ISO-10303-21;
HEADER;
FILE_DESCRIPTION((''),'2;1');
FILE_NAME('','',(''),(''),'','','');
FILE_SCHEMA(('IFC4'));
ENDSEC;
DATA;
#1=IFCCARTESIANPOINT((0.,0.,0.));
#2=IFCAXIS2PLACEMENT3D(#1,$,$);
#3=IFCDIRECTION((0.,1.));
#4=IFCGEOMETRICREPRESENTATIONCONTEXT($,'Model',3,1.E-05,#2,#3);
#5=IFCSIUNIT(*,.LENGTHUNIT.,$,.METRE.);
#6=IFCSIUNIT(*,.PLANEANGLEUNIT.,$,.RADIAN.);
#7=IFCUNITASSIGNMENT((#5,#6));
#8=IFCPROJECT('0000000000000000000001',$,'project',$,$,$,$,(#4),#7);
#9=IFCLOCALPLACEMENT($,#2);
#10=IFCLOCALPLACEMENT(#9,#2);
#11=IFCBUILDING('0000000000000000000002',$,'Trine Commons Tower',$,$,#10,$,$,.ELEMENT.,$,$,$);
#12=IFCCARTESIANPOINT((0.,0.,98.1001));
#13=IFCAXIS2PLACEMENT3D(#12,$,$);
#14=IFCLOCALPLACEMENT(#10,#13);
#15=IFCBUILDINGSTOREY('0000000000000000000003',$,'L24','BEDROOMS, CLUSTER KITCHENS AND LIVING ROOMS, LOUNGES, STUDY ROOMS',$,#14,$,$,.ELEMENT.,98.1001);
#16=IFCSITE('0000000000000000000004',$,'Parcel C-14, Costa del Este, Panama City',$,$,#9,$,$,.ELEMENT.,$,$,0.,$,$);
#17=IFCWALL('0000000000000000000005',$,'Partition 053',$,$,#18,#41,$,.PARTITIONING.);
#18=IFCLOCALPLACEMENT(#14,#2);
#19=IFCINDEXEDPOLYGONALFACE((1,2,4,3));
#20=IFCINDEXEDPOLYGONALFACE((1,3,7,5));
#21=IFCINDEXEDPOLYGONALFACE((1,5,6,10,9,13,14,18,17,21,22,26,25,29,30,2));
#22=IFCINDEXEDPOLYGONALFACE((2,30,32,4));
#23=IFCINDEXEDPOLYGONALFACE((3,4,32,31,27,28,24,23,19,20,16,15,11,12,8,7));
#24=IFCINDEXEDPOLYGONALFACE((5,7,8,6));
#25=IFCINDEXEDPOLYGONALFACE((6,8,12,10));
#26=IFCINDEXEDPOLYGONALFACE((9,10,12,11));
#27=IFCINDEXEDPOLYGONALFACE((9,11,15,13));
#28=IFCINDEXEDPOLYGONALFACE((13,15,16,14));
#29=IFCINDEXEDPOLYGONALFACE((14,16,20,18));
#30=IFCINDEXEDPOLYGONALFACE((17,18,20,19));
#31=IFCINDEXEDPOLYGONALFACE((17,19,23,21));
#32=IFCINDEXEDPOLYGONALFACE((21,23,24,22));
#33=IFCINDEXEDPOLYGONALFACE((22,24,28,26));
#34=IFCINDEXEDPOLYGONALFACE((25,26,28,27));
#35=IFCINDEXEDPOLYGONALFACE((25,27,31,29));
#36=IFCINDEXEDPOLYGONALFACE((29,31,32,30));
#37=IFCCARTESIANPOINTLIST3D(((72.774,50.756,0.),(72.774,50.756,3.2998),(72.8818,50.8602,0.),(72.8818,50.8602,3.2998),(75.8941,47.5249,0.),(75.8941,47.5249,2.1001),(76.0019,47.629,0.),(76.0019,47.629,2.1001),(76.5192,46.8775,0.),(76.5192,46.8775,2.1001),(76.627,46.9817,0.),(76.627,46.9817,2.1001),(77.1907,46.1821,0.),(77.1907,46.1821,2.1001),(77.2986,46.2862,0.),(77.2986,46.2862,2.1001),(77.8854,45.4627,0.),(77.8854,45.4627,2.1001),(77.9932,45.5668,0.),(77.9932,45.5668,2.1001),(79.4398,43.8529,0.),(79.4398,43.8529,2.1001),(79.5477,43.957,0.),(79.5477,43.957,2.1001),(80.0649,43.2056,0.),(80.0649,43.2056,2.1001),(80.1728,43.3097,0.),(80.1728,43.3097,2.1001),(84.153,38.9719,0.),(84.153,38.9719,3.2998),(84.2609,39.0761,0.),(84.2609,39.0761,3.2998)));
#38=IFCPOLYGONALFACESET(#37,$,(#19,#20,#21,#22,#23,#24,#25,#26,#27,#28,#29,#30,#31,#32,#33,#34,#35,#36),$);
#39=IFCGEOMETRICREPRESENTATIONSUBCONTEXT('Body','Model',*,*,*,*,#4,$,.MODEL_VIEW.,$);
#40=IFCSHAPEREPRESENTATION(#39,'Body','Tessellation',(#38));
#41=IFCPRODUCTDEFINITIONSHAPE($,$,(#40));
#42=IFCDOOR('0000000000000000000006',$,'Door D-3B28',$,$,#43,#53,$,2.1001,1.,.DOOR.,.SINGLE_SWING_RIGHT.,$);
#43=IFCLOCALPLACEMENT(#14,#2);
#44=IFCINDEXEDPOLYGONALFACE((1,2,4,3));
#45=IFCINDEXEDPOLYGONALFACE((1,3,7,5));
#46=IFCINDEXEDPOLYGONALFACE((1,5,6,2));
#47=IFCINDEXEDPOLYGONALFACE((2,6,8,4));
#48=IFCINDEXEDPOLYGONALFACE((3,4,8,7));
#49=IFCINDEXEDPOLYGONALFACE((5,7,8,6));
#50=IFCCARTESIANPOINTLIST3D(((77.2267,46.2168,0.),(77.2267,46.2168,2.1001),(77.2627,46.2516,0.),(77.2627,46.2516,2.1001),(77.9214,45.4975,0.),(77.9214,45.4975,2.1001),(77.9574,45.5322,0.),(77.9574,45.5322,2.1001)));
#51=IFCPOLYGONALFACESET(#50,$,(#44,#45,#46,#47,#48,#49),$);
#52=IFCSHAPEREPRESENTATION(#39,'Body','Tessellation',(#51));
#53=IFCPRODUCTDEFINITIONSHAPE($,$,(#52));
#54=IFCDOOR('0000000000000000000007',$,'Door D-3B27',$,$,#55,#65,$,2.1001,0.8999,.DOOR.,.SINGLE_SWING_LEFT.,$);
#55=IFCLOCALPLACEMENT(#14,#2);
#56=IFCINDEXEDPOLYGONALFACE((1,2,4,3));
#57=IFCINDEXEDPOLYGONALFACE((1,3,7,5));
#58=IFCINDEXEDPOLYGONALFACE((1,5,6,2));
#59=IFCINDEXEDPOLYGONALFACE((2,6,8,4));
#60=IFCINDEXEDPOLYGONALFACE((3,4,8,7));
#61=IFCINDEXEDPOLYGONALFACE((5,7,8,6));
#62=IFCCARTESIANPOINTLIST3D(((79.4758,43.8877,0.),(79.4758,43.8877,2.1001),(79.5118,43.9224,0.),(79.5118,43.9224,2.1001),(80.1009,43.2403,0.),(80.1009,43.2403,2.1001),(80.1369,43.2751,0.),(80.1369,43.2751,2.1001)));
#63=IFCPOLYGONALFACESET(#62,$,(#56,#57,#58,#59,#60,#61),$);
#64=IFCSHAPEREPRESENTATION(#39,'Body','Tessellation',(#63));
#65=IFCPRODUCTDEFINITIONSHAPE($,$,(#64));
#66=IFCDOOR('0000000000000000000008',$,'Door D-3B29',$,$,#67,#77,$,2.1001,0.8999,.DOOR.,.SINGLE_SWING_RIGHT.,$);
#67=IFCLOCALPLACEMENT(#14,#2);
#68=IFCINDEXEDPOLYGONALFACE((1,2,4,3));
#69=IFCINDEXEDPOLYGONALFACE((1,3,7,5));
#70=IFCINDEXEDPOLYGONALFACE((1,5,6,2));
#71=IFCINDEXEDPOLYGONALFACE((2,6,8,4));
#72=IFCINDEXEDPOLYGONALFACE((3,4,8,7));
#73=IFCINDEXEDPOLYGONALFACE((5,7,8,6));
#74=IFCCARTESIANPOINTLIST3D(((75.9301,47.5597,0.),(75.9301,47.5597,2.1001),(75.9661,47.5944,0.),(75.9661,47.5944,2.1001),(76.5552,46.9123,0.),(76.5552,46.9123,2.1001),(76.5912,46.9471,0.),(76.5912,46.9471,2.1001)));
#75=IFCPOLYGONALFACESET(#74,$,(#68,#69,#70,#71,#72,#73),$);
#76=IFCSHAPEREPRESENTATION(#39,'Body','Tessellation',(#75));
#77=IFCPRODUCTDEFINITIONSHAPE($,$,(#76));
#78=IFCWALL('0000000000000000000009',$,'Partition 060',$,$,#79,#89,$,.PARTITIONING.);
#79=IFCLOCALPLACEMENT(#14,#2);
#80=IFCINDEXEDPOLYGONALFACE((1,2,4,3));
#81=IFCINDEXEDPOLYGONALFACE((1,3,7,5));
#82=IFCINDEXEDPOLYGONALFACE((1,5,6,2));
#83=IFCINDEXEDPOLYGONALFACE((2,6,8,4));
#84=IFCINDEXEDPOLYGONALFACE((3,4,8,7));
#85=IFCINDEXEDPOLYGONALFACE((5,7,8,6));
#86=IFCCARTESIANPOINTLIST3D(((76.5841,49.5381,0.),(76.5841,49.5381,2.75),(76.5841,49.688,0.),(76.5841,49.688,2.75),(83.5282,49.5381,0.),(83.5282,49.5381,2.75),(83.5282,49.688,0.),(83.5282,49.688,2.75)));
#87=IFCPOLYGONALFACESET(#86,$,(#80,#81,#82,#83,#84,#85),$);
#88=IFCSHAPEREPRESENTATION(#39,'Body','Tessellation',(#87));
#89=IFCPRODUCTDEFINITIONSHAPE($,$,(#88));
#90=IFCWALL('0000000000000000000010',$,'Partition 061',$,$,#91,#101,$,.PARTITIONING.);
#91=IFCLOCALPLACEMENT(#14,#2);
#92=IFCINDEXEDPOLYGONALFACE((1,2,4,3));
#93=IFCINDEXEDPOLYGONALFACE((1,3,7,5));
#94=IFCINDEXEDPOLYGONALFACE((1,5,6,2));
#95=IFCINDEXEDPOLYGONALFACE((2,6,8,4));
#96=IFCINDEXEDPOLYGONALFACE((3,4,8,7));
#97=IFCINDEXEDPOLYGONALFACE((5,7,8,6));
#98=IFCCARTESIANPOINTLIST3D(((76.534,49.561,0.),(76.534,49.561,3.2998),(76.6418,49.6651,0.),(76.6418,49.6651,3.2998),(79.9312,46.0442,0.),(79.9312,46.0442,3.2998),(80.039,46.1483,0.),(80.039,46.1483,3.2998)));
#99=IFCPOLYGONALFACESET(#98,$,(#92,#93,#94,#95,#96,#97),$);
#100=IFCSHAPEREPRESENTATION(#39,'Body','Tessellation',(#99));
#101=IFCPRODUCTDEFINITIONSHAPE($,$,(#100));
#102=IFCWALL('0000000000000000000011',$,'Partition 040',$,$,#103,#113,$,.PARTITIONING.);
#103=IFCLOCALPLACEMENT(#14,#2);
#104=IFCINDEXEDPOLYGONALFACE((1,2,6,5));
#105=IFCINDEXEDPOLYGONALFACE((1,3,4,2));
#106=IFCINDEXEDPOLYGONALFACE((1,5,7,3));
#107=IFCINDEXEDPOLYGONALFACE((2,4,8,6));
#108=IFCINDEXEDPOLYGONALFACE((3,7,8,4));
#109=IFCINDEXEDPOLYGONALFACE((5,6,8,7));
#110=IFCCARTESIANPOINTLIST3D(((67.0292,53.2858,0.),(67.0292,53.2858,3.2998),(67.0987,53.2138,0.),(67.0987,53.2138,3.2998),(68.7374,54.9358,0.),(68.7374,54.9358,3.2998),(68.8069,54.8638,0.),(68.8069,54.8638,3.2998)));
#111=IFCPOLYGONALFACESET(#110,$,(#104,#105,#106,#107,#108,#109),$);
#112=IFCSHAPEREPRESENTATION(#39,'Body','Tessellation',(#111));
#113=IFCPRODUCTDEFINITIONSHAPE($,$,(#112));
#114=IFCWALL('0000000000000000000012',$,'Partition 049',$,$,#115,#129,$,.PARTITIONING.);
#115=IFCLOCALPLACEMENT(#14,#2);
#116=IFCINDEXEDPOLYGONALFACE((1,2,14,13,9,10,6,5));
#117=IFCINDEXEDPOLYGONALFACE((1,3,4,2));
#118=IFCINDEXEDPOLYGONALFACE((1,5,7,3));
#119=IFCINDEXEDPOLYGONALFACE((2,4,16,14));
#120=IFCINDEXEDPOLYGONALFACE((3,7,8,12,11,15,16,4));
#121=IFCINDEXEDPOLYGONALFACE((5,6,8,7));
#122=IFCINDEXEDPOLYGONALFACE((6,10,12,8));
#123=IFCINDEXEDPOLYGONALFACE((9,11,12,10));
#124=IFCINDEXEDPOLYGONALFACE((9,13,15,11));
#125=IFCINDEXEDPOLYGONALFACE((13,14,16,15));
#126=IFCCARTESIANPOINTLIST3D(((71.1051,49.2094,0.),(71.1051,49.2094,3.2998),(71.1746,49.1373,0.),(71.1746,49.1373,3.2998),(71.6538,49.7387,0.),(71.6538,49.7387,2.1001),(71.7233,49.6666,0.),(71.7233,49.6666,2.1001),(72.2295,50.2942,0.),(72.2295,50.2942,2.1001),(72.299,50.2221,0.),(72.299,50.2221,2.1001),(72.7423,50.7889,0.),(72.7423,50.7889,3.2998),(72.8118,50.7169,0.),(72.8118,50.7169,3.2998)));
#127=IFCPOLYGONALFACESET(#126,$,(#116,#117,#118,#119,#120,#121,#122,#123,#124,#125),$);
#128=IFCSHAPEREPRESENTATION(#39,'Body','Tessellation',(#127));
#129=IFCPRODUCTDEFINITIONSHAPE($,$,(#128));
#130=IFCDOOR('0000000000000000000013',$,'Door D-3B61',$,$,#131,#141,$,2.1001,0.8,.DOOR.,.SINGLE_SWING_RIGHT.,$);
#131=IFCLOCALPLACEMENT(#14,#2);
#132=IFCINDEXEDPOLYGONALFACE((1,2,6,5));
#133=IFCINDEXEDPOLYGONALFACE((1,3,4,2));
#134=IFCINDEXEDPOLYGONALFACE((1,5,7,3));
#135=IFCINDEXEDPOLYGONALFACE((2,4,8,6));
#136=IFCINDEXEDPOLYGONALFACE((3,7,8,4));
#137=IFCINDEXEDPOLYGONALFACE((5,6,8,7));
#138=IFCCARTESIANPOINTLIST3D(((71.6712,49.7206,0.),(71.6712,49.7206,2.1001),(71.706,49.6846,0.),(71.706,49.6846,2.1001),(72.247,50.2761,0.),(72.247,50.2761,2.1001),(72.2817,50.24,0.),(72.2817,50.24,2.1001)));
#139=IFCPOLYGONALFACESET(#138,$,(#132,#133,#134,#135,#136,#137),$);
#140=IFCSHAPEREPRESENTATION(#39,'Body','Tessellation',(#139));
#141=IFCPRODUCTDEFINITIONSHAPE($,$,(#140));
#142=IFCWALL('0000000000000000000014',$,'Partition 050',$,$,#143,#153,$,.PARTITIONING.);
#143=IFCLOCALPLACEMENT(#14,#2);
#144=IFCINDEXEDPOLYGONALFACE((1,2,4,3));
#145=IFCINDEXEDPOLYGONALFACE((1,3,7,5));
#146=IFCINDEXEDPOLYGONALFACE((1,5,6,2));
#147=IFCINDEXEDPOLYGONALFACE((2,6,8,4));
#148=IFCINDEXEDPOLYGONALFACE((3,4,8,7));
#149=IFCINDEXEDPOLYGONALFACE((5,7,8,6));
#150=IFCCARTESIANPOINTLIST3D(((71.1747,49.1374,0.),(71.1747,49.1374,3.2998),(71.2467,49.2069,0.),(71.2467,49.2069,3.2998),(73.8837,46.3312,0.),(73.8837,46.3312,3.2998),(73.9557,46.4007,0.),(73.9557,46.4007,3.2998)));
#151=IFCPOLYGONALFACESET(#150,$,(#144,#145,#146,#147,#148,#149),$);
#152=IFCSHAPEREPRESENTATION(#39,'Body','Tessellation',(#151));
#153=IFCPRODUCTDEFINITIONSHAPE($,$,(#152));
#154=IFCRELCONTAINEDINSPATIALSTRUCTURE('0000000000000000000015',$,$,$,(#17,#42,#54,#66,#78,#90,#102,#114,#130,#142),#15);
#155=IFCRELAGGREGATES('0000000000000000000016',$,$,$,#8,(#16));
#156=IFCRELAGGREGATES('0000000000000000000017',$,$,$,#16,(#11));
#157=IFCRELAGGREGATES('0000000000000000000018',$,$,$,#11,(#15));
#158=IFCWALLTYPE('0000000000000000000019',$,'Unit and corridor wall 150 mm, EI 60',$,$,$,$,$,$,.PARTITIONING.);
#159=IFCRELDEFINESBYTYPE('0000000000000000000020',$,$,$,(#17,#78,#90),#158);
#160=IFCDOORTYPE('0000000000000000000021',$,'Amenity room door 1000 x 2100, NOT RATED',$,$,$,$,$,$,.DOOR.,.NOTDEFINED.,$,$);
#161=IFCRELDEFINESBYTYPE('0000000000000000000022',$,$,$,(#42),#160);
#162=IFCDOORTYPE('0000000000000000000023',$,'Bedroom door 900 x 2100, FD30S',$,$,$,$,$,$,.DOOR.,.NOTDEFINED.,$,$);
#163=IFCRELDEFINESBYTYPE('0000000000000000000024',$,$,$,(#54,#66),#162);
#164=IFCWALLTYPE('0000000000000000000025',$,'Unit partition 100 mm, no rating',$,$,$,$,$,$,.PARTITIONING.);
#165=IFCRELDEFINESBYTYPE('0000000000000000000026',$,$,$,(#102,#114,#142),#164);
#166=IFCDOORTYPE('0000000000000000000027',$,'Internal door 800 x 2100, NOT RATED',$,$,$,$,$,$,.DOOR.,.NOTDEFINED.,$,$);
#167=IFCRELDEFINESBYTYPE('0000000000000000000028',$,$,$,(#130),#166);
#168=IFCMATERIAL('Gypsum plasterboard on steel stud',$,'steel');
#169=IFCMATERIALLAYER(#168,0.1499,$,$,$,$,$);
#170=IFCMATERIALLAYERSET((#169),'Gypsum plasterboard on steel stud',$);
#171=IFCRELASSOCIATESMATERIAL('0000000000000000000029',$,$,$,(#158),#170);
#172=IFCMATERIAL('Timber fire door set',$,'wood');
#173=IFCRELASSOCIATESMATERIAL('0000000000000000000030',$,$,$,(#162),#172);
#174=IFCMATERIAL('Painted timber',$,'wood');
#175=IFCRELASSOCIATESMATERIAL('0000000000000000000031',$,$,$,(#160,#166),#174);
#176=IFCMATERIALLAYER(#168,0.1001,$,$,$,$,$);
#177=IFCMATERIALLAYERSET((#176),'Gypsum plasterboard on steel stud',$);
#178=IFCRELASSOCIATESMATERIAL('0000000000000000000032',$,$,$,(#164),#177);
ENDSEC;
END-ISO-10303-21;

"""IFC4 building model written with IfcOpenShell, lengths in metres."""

from ifc_helpers import new_model, si_unit, direction, frame, frame_2d, origin, place, context, subcontext, project, spatial, rectangle, extrude, material, layer, layer_set, type_object, element, fill, save


model = new_model("IFC4")

# Units and contexts
model_context = context("Model", 3, precision=1e-05, world=origin(), true_north=direction((0.0, 1.0)))
body_context = subcontext(model_context, "Body", "Model", "MODEL_VIEW")
ifc_project = project(units=[si_unit("LENGTHUNIT", "METRE"), si_unit("PLANEANGLEUNIT", "RADIAN")], contexts=[model_context])

# Site, building, storey
site_placement = place(None, origin())
site = spatial("IfcSite", under=ifc_project, at=site_placement, Name="Parcel C-14, Costa del Este, Panama City", CompositionType="ELEMENT", RefElevation=0.0)
building_placement = place(site_placement, origin())
building = spatial("IfcBuilding", under=site, at=building_placement, Name="Trine Commons Tower", CompositionType="ELEMENT")
storey_placement = place(building_placement, frame((0.0, 0.0, 98.1001)))
storey = spatial("IfcBuildingStorey", under=building, at=storey_placement, Name="L24", Description="BEDROOMS, CLUSTER KITCHENS AND LIVING ROOMS, LOUNGES, STUDY ROOMS", CompositionType="ELEMENT", Elevation=98.1001)

# Shared definitions
ifc_material_1 = material(Name="Gypsum plasterboard on steel stud", Category="steel")
ifc_layer_1 = layer(ifc_material_1, 0.1499)
ifc_layer_set_1 = layer_set([ifc_layer_1], Name="Gypsum plasterboard on steel stud")
wall_type_1 = type_object("IfcWallType", Name="Unit and corridor wall 150 mm, EI 60", PredefinedType="PARTITIONING", material=ifc_layer_set_1)

# Shared definitions
ifc_material_2 = material(Name="Timber fire door set", Category="wood")
door_type_1 = type_object("IfcDoorType", Name="Bedroom door 900 x 2100, FD30S", OperationType="NOTDEFINED", PredefinedType="DOOR", material=ifc_material_2)

# Wall, openings, doors
wall_1_placement = place(storey_placement, frame((72.8279, 50.8081, 0.0), z_axis=(0.0, 0.0, 1.0), x_axis=(0.694636, -0.719361, 0.0)))
wall_1 = element("IfcWall", 1, at=wall_1_placement, inside=storey, type_object=wall_type_1, Name="Partition 053", PredefinedType="PARTITIONING", context=body_context, shape_type="SweptSolid", body=[
    extrude(rectangle(XDim=16.3813, YDim=0.1499, at=frame_2d((8.1907, 0.0))), origin(), (0.0, 0.0, 1.0), 3.2998),
])
opening_1_placement = place(wall_1_placement, frame((9.5962, 0.0, 0.0)))
opening_1 = element("IfcOpeningElement", 2, at=opening_1_placement, cuts=wall_1, PredefinedType="OPENING", context=body_context, shape_type="SweptSolid", body=[
    extrude(rectangle(XDim=0.8999, YDim=2.1001, at=frame_2d((0.45, 1.05))), frame((0.0, 0.085, 0.0), z_axis=(0.0, -1.0, 0.0), x_axis=(1.0, 0.0, 0.0)), (0.0, 0.0, 1.0), 0.1699),
])
opening_2_placement = place(wall_1_placement, frame((6.3584, 0.0, 0.0)))
opening_2 = element("IfcOpeningElement", 3, at=opening_2_placement, cuts=wall_1, PredefinedType="OPENING", context=body_context, shape_type="SweptSolid", body=[
    extrude(rectangle(XDim=1.0, YDim=2.1001, at=frame_2d((0.5, 1.05))), frame((0.0, 0.085, 0.0), z_axis=(0.0, -1.0, 0.0), x_axis=(1.0, 0.0, 0.0)), (0.0, 0.0, 1.0), 0.1699),
])
opening_3_placement = place(wall_1_placement, frame((4.4917, 0.0, 0.0)))
opening_3 = element("IfcOpeningElement", 4, at=opening_3_placement, cuts=wall_1, PredefinedType="OPENING", context=body_context, shape_type="SweptSolid", body=[
    extrude(rectangle(XDim=0.8999, YDim=2.1001, at=frame_2d((0.45, 1.05))), frame((0.0, 0.085, 0.0), z_axis=(0.0, -1.0, 0.0), x_axis=(1.0, 0.0, 0.0)), (0.0, 0.0, 1.0), 0.1699),
])
ifc_material_3 = material(Name="Painted timber", Category="wood")
door_type_2 = type_object("IfcDoorType", Name="Amenity room door 1000 x 2100, NOT RATED", OperationType="NOTDEFINED", PredefinedType="DOOR", material=ifc_material_3)
door_1_placement = place(opening_2_placement, frame((1.0, 0.0, 0.0), z_axis=(0.0, 0.0, 1.0), x_axis=(-1.0, 0.0, 0.0)))
door_1 = element("IfcDoor", 5, at=door_1_placement, inside=storey, type_object=door_type_2, Name="Door D-3B28", OperationType="SINGLE_SWING_RIGHT", OverallHeight=2.1001, OverallWidth=1.0, PredefinedType="DOOR", context=body_context, shape_type="SweptSolid", body=[
    extrude(rectangle(XDim=1.0, YDim=2.1001, at=frame_2d((0.5, 1.05))), frame((0.0, 0.0249, 0.0), z_axis=(0.0, -1.0, 0.0), x_axis=(1.0, 0.0, 0.0)), (0.0, 0.0, 1.0), 0.05),
])
fill(opening_2, door_1)
door_2_placement = place(opening_1_placement, frame((0.8999, 0.0, 0.0), z_axis=(0.0, 0.0, 1.0), x_axis=(-1.0, 0.0, 0.0)))
door_2 = element("IfcDoor", 6, at=door_2_placement, inside=storey, type_object=door_type_1, Name="Door D-3B27", OperationType="SINGLE_SWING_LEFT", OverallHeight=2.1001, OverallWidth=0.8999, PredefinedType="DOOR", context=body_context, shape_type="SweptSolid", body=[
    extrude(rectangle(XDim=0.8999, YDim=2.1001, at=frame_2d((0.45, 1.05))), frame((0.0, 0.0249, 0.0), z_axis=(0.0, -1.0, 0.0), x_axis=(1.0, 0.0, 0.0)), (0.0, 0.0, 1.0), 0.05),
])
fill(opening_1, door_2)
door_3_placement = place(opening_3_placement, frame((0.8999, 0.0, 0.0), z_axis=(0.0, 0.0, 1.0), x_axis=(-1.0, 0.0, 0.0)))
door_3 = element("IfcDoor", 7, at=door_3_placement, inside=storey, type_object=door_type_1, Name="Door D-3B29", OperationType="SINGLE_SWING_RIGHT", OverallHeight=2.1001, OverallWidth=0.8999, PredefinedType="DOOR", context=body_context, shape_type="SweptSolid", body=[
    extrude(rectangle(XDim=0.8999, YDim=2.1001, at=frame_2d((0.45, 1.05))), frame((0.0, 0.0249, 0.0), z_axis=(0.0, -1.0, 0.0), x_axis=(1.0, 0.0, 0.0)), (0.0, 0.0, 1.0), 0.05),
])
fill(opening_3, door_3)

# Walls
wall_2_placement = place(storey_placement, frame((76.584, 49.613, 0.0), z_axis=(0.0, 0.0, 1.0), x_axis=(1.0, 0.0, 0.0)))
element("IfcWall", 8, at=wall_2_placement, inside=storey, type_object=wall_type_1, Name="Partition 060", PredefinedType="PARTITIONING", context=body_context, shape_type="SweptSolid", body=[
    extrude(rectangle(XDim=6.9441, YDim=0.1499, at=frame_2d((3.4722, 0.0))), origin(), (0.0, 0.0, 1.0), 2.75),
])
wall_3_placement = place(storey_placement, frame((76.5879, 49.613, 0.0), z_axis=(0.0, 0.0, 1.0), x_axis=(0.694768, -0.719234, 0.0)))
element("IfcWall", 9, at=wall_3_placement, inside=storey, type_object=wall_type_1, Name="Partition 061", PredefinedType="PARTITIONING", context=body_context, shape_type="SweptSolid", body=[
    extrude(rectangle(XDim=4.8896, YDim=0.1499, at=frame_2d((2.4448, 0.0))), origin(), (0.0, 0.0, 1.0), 3.2998),
])
ifc_layer_2 = layer(ifc_material_1, 0.1001)
ifc_layer_set_2 = layer_set([ifc_layer_2], Name="Gypsum plasterboard on steel stud")
wall_type_2 = type_object("IfcWallType", Name="Unit partition 100 mm, no rating", PredefinedType="PARTITIONING", material=ifc_layer_set_2)
wall_4_placement = place(storey_placement, frame((67.064, 53.2498, 0.0), z_axis=(0.0, 0.0, 1.0), x_axis=(0.719233, 0.694769, 0.0)))
element("IfcWall", 10, at=wall_4_placement, inside=storey, type_object=wall_type_2, Name="Partition 040", PredefinedType="PARTITIONING", context=body_context, shape_type="SweptSolid", body=[
    extrude(rectangle(XDim=2.375, YDim=0.1001, at=frame_2d((1.1875, 0.0))), origin(), (0.0, 0.0, 1.0), 3.2998),
])

# Wall, opening, door
wall_5_placement = place(storey_placement, frame((71.1399, 49.1733, 0.0), z_axis=(0.0, 0.0, 1.0), x_axis=(0.719657, 0.69433, 0.0)))
wall_5 = element("IfcWall", 11, at=wall_5_placement, inside=storey, type_object=wall_type_2, Name="Partition 049", PredefinedType="PARTITIONING", context=body_context, shape_type="SweptSolid", body=[
    extrude(rectangle(XDim=2.2749, YDim=0.1001, at=frame_2d((1.1375, 0.0))), origin(), (0.0, 0.0, 1.0), 3.2998),
])
opening_4_placement = place(wall_5_placement, frame((0.7625, 0.0, 0.0)))
opening_4 = element("IfcOpeningElement", 12, at=opening_4_placement, cuts=wall_5, PredefinedType="OPENING", context=body_context, shape_type="SweptSolid", body=[
    extrude(rectangle(XDim=0.8, YDim=2.1001, at=frame_2d((0.3999, 1.05))), frame((0.0, 0.0601, 0.0), z_axis=(0.0, -1.0, 0.0), x_axis=(1.0, 0.0, 0.0)), (0.0, 0.0, 1.0), 0.1201),
])
door_type_3 = type_object("IfcDoorType", Name="Internal door 800 x 2100, NOT RATED", OperationType="NOTDEFINED", PredefinedType="DOOR", material=ifc_material_3)
door_4_placement = place(opening_4_placement, origin())
door_4 = element("IfcDoor", 13, at=door_4_placement, inside=storey, type_object=door_type_3, Name="Door D-3B61", OperationType="SINGLE_SWING_RIGHT", OverallHeight=2.1001, OverallWidth=0.8, PredefinedType="DOOR", context=body_context, shape_type="SweptSolid", body=[
    extrude(rectangle(XDim=0.8, YDim=2.1001, at=frame_2d((0.3999, 1.05))), frame((0.0, 0.0249, 0.0), z_axis=(0.0, -1.0, 0.0), x_axis=(1.0, 0.0, 0.0)), (0.0, 0.0, 1.0), 0.05),
])
fill(opening_4, door_4)

# Wall
wall_6_placement = place(storey_placement, frame((71.2107, 49.1721, 0.0), z_axis=(0.0, 0.0, 1.0), x_axis=(0.694541, -0.719453, 0.0)))
element("IfcWall", 14, at=wall_6_placement, inside=storey, type_object=wall_type_2, Name="Partition 050", PredefinedType="PARTITIONING", context=body_context, shape_type="SweptSolid", body=[
    extrude(rectangle(XDim=3.9004, YDim=0.1001, at=frame_2d((1.9502, 0.0))), origin(), (0.0, 0.0, 1.0), 3.2998),
])

save(model, "model.ifc")
